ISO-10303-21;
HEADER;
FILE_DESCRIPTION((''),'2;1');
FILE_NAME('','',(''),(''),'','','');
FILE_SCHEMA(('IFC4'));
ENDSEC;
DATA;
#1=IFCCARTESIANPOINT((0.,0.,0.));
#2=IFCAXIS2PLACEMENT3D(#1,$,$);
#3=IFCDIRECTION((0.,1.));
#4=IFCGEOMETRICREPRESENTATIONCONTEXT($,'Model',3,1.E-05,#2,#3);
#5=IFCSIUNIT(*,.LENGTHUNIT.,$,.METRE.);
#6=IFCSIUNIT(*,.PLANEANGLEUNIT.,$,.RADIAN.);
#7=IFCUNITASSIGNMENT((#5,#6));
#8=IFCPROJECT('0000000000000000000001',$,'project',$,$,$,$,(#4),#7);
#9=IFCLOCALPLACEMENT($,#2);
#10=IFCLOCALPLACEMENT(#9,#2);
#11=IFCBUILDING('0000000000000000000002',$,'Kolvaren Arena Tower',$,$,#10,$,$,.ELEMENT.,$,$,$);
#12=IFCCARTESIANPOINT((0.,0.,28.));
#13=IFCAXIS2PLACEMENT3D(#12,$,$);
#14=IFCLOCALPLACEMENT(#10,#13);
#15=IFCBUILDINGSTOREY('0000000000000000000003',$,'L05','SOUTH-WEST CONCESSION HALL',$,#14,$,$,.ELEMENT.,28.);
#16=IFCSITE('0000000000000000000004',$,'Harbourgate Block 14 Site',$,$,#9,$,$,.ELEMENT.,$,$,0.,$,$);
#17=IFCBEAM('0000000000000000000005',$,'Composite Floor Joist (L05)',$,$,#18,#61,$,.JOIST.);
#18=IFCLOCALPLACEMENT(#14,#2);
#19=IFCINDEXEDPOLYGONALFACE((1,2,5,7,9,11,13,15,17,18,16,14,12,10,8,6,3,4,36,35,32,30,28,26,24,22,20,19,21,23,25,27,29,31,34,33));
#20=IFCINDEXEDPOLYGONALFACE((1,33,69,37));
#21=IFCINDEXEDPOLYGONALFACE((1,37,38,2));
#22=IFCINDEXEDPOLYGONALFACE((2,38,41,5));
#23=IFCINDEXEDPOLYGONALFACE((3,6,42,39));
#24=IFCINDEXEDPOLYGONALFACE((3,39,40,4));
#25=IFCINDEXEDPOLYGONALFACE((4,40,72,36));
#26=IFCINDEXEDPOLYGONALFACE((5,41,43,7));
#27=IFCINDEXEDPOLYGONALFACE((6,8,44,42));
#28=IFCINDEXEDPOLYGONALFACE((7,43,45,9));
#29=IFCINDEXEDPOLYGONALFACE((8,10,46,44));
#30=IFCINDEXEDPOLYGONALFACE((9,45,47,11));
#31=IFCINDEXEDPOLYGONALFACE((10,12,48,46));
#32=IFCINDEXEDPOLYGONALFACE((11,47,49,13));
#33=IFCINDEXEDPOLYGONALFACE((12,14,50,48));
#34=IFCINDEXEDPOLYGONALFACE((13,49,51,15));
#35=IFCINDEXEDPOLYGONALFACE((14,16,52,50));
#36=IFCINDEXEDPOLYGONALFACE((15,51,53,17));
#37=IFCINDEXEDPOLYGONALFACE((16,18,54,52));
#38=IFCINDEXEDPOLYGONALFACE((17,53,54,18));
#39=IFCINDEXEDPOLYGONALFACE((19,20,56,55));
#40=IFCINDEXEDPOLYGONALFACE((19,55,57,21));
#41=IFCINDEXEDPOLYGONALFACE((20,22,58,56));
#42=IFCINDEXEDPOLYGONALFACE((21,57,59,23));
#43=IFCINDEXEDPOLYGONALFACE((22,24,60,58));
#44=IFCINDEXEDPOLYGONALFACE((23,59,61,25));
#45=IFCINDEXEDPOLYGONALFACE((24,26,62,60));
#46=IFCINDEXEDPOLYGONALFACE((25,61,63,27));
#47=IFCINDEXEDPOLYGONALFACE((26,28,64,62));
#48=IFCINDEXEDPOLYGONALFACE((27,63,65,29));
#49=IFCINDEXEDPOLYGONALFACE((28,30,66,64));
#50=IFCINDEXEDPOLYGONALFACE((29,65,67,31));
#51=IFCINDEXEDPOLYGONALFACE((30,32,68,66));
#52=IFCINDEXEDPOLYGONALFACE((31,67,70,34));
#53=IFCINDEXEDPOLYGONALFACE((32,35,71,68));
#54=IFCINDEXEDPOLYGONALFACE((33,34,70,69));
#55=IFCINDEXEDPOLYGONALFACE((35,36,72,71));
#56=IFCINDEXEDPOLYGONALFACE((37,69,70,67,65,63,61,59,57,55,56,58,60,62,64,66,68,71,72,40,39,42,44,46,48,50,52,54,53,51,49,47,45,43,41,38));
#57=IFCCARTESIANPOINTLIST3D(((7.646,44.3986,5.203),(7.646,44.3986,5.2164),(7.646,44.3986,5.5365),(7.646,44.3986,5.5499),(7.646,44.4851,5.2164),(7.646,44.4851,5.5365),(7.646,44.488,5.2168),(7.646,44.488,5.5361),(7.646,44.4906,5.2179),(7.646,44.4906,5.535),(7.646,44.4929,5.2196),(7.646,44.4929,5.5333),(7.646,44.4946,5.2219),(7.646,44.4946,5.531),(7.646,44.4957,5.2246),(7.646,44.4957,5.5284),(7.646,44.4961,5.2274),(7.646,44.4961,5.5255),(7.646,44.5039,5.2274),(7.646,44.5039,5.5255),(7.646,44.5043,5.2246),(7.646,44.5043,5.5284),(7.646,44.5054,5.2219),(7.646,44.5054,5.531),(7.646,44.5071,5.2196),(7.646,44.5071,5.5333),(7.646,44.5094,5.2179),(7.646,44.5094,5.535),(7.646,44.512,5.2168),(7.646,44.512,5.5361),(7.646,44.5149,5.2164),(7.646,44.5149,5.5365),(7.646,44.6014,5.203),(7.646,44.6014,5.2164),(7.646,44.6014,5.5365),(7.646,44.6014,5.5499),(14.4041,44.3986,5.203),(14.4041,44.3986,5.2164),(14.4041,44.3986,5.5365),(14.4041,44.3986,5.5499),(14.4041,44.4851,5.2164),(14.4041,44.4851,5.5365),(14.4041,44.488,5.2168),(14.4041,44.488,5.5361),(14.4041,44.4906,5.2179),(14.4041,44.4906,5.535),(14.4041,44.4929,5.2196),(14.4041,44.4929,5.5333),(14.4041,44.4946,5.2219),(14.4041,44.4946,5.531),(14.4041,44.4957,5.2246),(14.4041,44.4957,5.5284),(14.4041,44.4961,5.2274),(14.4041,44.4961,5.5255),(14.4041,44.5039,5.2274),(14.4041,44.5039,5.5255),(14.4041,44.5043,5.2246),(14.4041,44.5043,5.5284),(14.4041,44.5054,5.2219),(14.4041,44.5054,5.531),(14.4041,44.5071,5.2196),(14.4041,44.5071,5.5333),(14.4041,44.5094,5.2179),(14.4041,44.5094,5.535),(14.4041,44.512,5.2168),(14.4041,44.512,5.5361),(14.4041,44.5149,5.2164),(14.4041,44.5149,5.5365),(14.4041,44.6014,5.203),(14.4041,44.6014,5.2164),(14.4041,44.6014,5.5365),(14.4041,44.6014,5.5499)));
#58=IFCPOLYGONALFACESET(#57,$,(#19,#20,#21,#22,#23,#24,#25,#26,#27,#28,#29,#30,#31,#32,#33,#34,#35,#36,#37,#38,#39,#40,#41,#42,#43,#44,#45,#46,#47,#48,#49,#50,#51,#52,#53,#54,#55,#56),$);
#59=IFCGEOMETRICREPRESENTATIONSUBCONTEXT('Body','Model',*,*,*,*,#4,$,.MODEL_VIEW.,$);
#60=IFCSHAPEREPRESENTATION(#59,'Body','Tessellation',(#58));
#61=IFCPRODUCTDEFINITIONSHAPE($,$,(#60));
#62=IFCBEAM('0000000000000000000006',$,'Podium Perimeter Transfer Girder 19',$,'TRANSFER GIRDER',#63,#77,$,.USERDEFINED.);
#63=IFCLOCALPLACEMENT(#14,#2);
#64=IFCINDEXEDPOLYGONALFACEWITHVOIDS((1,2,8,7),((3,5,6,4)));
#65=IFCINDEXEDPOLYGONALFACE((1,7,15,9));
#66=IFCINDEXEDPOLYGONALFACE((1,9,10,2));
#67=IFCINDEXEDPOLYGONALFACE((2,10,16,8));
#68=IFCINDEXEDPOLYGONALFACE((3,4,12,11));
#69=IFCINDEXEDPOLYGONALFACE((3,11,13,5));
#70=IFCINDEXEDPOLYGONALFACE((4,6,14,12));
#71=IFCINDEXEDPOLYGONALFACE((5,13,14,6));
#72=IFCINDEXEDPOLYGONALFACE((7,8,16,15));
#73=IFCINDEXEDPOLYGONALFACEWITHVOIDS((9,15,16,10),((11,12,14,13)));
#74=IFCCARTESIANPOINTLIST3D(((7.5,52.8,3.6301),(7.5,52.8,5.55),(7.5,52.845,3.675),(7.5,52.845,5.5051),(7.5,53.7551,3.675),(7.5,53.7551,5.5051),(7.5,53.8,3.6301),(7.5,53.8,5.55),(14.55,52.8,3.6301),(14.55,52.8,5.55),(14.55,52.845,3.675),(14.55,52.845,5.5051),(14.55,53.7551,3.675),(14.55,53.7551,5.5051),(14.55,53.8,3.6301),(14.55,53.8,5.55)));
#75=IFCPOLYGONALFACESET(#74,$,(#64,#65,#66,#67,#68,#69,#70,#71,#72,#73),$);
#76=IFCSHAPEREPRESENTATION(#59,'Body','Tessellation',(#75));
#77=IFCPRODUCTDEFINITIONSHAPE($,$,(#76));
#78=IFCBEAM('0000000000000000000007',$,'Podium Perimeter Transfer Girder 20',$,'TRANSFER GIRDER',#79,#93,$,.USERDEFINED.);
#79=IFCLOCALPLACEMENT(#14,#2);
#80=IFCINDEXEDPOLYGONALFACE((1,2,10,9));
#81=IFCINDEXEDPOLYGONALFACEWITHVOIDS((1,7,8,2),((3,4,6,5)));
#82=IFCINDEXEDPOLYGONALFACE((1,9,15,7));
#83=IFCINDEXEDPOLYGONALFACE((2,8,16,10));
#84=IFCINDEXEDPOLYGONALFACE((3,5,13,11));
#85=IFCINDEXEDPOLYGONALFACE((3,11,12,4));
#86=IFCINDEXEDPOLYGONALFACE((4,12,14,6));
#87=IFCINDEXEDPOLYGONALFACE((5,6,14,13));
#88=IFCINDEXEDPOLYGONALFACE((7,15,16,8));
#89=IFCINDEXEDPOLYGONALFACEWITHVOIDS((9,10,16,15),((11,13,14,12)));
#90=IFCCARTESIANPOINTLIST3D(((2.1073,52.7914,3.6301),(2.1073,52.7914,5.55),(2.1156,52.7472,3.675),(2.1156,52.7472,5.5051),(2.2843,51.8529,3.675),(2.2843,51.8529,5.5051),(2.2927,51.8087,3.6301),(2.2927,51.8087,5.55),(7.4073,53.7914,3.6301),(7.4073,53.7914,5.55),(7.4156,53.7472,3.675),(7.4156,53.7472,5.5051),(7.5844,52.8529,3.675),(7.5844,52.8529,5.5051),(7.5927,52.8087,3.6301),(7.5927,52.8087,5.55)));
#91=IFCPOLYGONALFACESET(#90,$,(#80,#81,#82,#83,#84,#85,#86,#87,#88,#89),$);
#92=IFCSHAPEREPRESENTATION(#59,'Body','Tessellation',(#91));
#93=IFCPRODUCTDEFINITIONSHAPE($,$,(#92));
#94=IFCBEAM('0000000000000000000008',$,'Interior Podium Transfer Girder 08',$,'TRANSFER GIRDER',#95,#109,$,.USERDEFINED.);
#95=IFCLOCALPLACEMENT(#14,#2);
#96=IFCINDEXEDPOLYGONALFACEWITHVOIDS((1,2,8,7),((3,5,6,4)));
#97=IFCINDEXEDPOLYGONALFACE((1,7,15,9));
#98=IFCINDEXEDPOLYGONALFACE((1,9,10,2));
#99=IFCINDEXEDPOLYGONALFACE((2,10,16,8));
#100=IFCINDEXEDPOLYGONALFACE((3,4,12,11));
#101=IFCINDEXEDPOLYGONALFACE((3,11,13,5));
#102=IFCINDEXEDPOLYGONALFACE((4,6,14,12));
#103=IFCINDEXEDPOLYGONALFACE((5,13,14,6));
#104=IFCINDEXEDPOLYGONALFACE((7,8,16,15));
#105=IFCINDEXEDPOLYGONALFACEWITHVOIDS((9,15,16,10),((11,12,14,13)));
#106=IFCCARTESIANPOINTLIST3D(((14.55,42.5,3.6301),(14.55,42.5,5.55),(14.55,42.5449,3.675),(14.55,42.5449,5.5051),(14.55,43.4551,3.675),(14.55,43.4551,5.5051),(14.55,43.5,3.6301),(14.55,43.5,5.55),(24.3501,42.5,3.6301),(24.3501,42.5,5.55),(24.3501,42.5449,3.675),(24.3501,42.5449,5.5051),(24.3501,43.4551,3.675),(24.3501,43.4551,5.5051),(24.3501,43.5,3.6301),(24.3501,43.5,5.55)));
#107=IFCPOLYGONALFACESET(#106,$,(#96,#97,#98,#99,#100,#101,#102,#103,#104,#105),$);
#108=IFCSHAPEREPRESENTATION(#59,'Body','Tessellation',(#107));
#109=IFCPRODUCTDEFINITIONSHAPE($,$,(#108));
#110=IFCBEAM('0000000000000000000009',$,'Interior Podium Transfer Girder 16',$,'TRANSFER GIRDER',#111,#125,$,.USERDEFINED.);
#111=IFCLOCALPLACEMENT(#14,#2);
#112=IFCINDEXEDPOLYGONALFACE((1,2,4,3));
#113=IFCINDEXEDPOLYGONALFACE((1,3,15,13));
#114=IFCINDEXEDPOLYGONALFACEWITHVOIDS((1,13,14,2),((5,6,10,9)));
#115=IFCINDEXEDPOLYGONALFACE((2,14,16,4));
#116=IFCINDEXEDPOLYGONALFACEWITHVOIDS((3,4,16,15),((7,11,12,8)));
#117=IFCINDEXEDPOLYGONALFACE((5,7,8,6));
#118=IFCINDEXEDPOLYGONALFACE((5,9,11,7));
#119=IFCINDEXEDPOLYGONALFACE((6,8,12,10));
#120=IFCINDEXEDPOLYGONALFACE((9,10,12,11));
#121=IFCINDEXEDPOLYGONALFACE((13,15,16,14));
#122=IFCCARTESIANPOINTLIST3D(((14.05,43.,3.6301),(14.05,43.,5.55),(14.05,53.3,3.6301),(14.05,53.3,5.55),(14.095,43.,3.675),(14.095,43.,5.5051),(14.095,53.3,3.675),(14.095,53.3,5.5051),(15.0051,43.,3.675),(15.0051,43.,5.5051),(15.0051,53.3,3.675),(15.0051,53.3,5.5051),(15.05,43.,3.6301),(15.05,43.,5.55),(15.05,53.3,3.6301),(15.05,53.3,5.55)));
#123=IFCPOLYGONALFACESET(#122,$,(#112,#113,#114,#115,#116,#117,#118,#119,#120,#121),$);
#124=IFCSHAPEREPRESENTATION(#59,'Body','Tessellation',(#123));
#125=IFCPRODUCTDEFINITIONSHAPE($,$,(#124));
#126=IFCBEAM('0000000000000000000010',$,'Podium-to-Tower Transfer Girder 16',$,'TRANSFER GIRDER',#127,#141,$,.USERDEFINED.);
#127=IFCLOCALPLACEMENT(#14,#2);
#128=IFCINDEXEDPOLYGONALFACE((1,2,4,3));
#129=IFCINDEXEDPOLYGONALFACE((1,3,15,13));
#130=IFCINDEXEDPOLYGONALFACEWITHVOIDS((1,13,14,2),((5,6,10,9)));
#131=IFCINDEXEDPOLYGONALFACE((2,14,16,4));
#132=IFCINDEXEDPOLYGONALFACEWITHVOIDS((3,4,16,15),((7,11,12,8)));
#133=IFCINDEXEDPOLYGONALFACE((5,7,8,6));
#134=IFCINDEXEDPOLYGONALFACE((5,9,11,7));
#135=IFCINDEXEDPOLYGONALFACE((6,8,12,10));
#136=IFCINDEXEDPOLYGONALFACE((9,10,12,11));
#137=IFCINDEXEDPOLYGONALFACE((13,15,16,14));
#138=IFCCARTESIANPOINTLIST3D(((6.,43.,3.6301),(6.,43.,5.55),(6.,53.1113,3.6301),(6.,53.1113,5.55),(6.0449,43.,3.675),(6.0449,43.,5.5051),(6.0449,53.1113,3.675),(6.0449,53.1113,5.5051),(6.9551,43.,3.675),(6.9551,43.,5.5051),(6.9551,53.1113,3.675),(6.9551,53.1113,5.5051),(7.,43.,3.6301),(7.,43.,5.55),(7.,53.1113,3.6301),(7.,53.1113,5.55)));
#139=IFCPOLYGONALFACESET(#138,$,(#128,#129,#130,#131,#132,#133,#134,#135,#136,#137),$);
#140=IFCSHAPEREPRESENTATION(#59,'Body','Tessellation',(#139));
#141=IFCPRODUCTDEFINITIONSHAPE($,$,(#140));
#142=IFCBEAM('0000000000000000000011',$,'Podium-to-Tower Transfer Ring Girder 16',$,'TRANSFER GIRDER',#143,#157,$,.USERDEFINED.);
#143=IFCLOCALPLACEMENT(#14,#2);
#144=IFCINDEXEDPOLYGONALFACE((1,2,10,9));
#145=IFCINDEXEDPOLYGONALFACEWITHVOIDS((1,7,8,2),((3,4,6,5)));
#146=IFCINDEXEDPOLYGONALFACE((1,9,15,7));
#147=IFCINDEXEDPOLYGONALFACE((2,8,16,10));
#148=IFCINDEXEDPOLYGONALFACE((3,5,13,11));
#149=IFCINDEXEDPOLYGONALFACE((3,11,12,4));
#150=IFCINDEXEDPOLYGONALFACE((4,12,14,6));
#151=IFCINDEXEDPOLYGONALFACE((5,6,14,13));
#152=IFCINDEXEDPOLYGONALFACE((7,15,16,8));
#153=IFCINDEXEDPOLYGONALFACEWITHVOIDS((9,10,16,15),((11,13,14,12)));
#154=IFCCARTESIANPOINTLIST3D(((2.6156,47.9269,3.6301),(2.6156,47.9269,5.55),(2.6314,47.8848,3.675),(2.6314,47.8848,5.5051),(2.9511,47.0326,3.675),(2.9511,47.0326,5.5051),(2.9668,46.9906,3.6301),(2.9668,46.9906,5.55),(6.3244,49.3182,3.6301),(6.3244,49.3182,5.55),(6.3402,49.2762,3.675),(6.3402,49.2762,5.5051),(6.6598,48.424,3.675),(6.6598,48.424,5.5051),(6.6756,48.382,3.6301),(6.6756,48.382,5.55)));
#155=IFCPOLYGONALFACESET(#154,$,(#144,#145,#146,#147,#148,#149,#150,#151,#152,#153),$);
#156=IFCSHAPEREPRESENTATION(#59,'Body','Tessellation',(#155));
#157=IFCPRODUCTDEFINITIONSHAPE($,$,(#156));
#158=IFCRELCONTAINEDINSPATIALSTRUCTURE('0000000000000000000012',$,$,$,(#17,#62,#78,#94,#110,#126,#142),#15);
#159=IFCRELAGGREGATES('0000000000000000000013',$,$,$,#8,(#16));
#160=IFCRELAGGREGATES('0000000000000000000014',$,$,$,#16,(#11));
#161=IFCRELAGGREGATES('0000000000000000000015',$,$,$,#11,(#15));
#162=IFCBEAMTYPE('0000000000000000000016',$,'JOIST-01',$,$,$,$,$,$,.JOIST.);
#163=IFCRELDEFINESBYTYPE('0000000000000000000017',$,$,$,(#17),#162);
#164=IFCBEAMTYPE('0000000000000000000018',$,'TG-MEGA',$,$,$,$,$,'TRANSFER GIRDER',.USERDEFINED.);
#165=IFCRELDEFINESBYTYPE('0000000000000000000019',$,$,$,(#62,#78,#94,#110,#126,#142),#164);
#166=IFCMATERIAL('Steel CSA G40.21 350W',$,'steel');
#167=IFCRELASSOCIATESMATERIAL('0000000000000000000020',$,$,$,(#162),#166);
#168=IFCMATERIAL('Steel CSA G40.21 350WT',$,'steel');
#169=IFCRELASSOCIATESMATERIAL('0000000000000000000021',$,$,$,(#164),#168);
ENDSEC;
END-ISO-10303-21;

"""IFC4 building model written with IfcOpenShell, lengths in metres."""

from ifc_helpers import new_model, si_unit, direction, frame, origin, origin_2d, place, context, subcontext, project, spatial, hollow_rectangle, i_section, extrude, material, material_profile, profile_set, type_object, element, save


model = new_model("IFC4")

# Units and contexts
model_context = context("Model", 3, precision=1e-05, world=origin(), true_north=direction((0.0, 1.0)))
body_context = subcontext(model_context, "Body", "Model", "MODEL_VIEW")
ifc_project = project(units=[si_unit("LENGTHUNIT", "METRE"), si_unit("PLANEANGLEUNIT", "RADIAN")], contexts=[model_context])

# Site, building, storey
site_placement = place(None, origin())
site = spatial("IfcSite", under=ifc_project, at=site_placement, Name="Harbourgate Block 14 Site", CompositionType="ELEMENT", RefElevation=0.0)
building_placement = place(site_placement, origin())
building = spatial("IfcBuilding", under=site, at=building_placement, Name="Kolvaren Arena Tower", CompositionType="ELEMENT")
storey_placement = place(building_placement, frame((0.0, 0.0, 28.0)))
storey = spatial("IfcBuildingStorey", under=building, at=storey_placement, Name="L05", Description="SOUTH-WEST CONCESSION HALL", CompositionType="ELEMENT", Elevation=28.0)

# Beams
ifc_material_1 = material(Name="Steel CSA G40.21 350W", Category="steel")
ifc_material_profile_1 = material_profile(ifc_material_1, i_section(OverallWidth=0.2029, OverallDepth=0.3469, WebThickness=0.0078, FlangeThickness=0.0134, FilletRadius=0.011, at=origin_2d()), Name="W360x64")
ifc_profile_set_1 = profile_set([ifc_material_profile_1], Name="Steel CSA G40.21 350W")
beam_type_1 = type_object("IfcBeamType", Name="JOIST-01", PredefinedType="JOIST", material=ifc_profile_set_1)
beam_1_placement = place(storey_placement, frame((7.646, 44.5, 5.3765), z_axis=(1.0, 0.0, 0.0), x_axis=(0.0, 1.0, 0.0)))
element("IfcBeam", 1, at=beam_1_placement, inside=storey, type_object=beam_type_1, Name="Composite Floor Joist (L05)", PredefinedType="JOIST", context=body_context, shape_type="SweptSolid", body=[
    extrude(i_section(OverallWidth=0.2029, OverallDepth=0.3469, WebThickness=0.0078, FlangeThickness=0.0134, FilletRadius=0.011, at=origin_2d()), origin(), (0.0, 0.0, 1.0), 6.7581),
])
ifc_material_2 = material(Name="Steel CSA G40.21 350WT", Category="steel")
ifc_material_profile_2 = material_profile(ifc_material_2, hollow_rectangle(XDim=1.0, YDim=1.9199, WallThickness=0.0449, at=origin_2d()), Name="BOX 1000x1920x45")
ifc_profile_set_2 = profile_set([ifc_material_profile_2], Name="Steel CSA G40.21 350WT")
beam_type_2 = type_object("IfcBeamType", Name="TG-MEGA", ElementType="TRANSFER GIRDER", PredefinedType="USERDEFINED", material=ifc_profile_set_2)
beam_2_placement = place(storey_placement, frame((14.55, 53.3, 4.5901), z_axis=(-1.0, 0.0, 0.0), x_axis=(0.0, -1.0, 0.0)))
element("IfcBeam", 2, at=beam_2_placement, inside=storey, type_object=beam_type_2, Name="Podium Perimeter Transfer Girder 19", ObjectType="TRANSFER GIRDER", PredefinedType="USERDEFINED", context=body_context, shape_type="SweptSolid", body=[
    extrude(hollow_rectangle(XDim=1.0, YDim=1.9199, WallThickness=0.0449, at=origin_2d()), origin(), (0.0, 0.0, 1.0), 7.05),
])
beam_3_placement = place(storey_placement, frame((7.5, 53.3, 4.5901), z_axis=(-0.982662, -0.185406, 0.0), x_axis=(0.185406, -0.982662, 0.0)))
element("IfcBeam", 3, at=beam_3_placement, inside=storey, type_object=beam_type_2, Name="Podium Perimeter Transfer Girder 20", ObjectType="TRANSFER GIRDER", PredefinedType="USERDEFINED", context=body_context, shape_type="SweptSolid", body=[
    extrude(hollow_rectangle(XDim=1.0, YDim=1.9199, WallThickness=0.0449, at=origin_2d()), origin(), (0.0, 0.0, 1.0), 5.3936),
])
beam_4_placement = place(storey_placement, frame((14.55, 43.0, 4.5901), z_axis=(1.0, 0.0, 0.0), x_axis=(0.0, 1.0, 0.0)))
element("IfcBeam", 4, at=beam_4_placement, inside=storey, type_object=beam_type_2, Name="Interior Podium Transfer Girder 08", ObjectType="TRANSFER GIRDER", PredefinedType="USERDEFINED", context=body_context, shape_type="SweptSolid", body=[
    extrude(hollow_rectangle(XDim=1.0, YDim=1.9199, WallThickness=0.0449, at=origin_2d()), origin(), (0.0, 0.0, 1.0), 9.8),
])
beam_5_placement = place(storey_placement, frame((14.55, 43.0, 4.5901), z_axis=(0.0, 1.0, 0.0), x_axis=(-1.0, 0.0, 0.0)))
element("IfcBeam", 5, at=beam_5_placement, inside=storey, type_object=beam_type_2, Name="Interior Podium Transfer Girder 16", ObjectType="TRANSFER GIRDER", PredefinedType="USERDEFINED", context=body_context, shape_type="SweptSolid", body=[
    extrude(hollow_rectangle(XDim=1.0, YDim=1.9199, WallThickness=0.0449, at=origin_2d()), origin(), (0.0, 0.0, 1.0), 10.3),
])
beam_6_placement = place(storey_placement, frame((6.5, 43.0, 4.5901), z_axis=(0.0, 1.0, 0.0), x_axis=(-1.0, 0.0, 0.0)))
element("IfcBeam", 6, at=beam_6_placement, inside=storey, type_object=beam_type_2, Name="Podium-to-Tower Transfer Girder 16", ObjectType="TRANSFER GIRDER", PredefinedType="USERDEFINED", context=body_context, shape_type="SweptSolid", body=[
    extrude(hollow_rectangle(XDim=1.0, YDim=1.9199, WallThickness=0.0449, at=origin_2d()), origin(), (0.0, 0.0, 1.0), 10.1113),
])
beam_7_placement = place(storey_placement, frame((6.5, 48.8501, 4.5901), z_axis=(-0.936281, -0.351252, 0.0), x_axis=(0.351252, -0.936281, 0.0)))
element("IfcBeam", 7, at=beam_7_placement, inside=storey, type_object=beam_type_2, Name="Podium-to-Tower Transfer Ring Girder 16", ObjectType="TRANSFER GIRDER", PredefinedType="USERDEFINED", context=body_context, shape_type="SweptSolid", body=[
    extrude(hollow_rectangle(XDim=1.0, YDim=1.9199, WallThickness=0.0449, at=origin_2d()), origin(), (0.0, 0.0, 1.0), 3.9612),
])

save(model, "model.ifc")
